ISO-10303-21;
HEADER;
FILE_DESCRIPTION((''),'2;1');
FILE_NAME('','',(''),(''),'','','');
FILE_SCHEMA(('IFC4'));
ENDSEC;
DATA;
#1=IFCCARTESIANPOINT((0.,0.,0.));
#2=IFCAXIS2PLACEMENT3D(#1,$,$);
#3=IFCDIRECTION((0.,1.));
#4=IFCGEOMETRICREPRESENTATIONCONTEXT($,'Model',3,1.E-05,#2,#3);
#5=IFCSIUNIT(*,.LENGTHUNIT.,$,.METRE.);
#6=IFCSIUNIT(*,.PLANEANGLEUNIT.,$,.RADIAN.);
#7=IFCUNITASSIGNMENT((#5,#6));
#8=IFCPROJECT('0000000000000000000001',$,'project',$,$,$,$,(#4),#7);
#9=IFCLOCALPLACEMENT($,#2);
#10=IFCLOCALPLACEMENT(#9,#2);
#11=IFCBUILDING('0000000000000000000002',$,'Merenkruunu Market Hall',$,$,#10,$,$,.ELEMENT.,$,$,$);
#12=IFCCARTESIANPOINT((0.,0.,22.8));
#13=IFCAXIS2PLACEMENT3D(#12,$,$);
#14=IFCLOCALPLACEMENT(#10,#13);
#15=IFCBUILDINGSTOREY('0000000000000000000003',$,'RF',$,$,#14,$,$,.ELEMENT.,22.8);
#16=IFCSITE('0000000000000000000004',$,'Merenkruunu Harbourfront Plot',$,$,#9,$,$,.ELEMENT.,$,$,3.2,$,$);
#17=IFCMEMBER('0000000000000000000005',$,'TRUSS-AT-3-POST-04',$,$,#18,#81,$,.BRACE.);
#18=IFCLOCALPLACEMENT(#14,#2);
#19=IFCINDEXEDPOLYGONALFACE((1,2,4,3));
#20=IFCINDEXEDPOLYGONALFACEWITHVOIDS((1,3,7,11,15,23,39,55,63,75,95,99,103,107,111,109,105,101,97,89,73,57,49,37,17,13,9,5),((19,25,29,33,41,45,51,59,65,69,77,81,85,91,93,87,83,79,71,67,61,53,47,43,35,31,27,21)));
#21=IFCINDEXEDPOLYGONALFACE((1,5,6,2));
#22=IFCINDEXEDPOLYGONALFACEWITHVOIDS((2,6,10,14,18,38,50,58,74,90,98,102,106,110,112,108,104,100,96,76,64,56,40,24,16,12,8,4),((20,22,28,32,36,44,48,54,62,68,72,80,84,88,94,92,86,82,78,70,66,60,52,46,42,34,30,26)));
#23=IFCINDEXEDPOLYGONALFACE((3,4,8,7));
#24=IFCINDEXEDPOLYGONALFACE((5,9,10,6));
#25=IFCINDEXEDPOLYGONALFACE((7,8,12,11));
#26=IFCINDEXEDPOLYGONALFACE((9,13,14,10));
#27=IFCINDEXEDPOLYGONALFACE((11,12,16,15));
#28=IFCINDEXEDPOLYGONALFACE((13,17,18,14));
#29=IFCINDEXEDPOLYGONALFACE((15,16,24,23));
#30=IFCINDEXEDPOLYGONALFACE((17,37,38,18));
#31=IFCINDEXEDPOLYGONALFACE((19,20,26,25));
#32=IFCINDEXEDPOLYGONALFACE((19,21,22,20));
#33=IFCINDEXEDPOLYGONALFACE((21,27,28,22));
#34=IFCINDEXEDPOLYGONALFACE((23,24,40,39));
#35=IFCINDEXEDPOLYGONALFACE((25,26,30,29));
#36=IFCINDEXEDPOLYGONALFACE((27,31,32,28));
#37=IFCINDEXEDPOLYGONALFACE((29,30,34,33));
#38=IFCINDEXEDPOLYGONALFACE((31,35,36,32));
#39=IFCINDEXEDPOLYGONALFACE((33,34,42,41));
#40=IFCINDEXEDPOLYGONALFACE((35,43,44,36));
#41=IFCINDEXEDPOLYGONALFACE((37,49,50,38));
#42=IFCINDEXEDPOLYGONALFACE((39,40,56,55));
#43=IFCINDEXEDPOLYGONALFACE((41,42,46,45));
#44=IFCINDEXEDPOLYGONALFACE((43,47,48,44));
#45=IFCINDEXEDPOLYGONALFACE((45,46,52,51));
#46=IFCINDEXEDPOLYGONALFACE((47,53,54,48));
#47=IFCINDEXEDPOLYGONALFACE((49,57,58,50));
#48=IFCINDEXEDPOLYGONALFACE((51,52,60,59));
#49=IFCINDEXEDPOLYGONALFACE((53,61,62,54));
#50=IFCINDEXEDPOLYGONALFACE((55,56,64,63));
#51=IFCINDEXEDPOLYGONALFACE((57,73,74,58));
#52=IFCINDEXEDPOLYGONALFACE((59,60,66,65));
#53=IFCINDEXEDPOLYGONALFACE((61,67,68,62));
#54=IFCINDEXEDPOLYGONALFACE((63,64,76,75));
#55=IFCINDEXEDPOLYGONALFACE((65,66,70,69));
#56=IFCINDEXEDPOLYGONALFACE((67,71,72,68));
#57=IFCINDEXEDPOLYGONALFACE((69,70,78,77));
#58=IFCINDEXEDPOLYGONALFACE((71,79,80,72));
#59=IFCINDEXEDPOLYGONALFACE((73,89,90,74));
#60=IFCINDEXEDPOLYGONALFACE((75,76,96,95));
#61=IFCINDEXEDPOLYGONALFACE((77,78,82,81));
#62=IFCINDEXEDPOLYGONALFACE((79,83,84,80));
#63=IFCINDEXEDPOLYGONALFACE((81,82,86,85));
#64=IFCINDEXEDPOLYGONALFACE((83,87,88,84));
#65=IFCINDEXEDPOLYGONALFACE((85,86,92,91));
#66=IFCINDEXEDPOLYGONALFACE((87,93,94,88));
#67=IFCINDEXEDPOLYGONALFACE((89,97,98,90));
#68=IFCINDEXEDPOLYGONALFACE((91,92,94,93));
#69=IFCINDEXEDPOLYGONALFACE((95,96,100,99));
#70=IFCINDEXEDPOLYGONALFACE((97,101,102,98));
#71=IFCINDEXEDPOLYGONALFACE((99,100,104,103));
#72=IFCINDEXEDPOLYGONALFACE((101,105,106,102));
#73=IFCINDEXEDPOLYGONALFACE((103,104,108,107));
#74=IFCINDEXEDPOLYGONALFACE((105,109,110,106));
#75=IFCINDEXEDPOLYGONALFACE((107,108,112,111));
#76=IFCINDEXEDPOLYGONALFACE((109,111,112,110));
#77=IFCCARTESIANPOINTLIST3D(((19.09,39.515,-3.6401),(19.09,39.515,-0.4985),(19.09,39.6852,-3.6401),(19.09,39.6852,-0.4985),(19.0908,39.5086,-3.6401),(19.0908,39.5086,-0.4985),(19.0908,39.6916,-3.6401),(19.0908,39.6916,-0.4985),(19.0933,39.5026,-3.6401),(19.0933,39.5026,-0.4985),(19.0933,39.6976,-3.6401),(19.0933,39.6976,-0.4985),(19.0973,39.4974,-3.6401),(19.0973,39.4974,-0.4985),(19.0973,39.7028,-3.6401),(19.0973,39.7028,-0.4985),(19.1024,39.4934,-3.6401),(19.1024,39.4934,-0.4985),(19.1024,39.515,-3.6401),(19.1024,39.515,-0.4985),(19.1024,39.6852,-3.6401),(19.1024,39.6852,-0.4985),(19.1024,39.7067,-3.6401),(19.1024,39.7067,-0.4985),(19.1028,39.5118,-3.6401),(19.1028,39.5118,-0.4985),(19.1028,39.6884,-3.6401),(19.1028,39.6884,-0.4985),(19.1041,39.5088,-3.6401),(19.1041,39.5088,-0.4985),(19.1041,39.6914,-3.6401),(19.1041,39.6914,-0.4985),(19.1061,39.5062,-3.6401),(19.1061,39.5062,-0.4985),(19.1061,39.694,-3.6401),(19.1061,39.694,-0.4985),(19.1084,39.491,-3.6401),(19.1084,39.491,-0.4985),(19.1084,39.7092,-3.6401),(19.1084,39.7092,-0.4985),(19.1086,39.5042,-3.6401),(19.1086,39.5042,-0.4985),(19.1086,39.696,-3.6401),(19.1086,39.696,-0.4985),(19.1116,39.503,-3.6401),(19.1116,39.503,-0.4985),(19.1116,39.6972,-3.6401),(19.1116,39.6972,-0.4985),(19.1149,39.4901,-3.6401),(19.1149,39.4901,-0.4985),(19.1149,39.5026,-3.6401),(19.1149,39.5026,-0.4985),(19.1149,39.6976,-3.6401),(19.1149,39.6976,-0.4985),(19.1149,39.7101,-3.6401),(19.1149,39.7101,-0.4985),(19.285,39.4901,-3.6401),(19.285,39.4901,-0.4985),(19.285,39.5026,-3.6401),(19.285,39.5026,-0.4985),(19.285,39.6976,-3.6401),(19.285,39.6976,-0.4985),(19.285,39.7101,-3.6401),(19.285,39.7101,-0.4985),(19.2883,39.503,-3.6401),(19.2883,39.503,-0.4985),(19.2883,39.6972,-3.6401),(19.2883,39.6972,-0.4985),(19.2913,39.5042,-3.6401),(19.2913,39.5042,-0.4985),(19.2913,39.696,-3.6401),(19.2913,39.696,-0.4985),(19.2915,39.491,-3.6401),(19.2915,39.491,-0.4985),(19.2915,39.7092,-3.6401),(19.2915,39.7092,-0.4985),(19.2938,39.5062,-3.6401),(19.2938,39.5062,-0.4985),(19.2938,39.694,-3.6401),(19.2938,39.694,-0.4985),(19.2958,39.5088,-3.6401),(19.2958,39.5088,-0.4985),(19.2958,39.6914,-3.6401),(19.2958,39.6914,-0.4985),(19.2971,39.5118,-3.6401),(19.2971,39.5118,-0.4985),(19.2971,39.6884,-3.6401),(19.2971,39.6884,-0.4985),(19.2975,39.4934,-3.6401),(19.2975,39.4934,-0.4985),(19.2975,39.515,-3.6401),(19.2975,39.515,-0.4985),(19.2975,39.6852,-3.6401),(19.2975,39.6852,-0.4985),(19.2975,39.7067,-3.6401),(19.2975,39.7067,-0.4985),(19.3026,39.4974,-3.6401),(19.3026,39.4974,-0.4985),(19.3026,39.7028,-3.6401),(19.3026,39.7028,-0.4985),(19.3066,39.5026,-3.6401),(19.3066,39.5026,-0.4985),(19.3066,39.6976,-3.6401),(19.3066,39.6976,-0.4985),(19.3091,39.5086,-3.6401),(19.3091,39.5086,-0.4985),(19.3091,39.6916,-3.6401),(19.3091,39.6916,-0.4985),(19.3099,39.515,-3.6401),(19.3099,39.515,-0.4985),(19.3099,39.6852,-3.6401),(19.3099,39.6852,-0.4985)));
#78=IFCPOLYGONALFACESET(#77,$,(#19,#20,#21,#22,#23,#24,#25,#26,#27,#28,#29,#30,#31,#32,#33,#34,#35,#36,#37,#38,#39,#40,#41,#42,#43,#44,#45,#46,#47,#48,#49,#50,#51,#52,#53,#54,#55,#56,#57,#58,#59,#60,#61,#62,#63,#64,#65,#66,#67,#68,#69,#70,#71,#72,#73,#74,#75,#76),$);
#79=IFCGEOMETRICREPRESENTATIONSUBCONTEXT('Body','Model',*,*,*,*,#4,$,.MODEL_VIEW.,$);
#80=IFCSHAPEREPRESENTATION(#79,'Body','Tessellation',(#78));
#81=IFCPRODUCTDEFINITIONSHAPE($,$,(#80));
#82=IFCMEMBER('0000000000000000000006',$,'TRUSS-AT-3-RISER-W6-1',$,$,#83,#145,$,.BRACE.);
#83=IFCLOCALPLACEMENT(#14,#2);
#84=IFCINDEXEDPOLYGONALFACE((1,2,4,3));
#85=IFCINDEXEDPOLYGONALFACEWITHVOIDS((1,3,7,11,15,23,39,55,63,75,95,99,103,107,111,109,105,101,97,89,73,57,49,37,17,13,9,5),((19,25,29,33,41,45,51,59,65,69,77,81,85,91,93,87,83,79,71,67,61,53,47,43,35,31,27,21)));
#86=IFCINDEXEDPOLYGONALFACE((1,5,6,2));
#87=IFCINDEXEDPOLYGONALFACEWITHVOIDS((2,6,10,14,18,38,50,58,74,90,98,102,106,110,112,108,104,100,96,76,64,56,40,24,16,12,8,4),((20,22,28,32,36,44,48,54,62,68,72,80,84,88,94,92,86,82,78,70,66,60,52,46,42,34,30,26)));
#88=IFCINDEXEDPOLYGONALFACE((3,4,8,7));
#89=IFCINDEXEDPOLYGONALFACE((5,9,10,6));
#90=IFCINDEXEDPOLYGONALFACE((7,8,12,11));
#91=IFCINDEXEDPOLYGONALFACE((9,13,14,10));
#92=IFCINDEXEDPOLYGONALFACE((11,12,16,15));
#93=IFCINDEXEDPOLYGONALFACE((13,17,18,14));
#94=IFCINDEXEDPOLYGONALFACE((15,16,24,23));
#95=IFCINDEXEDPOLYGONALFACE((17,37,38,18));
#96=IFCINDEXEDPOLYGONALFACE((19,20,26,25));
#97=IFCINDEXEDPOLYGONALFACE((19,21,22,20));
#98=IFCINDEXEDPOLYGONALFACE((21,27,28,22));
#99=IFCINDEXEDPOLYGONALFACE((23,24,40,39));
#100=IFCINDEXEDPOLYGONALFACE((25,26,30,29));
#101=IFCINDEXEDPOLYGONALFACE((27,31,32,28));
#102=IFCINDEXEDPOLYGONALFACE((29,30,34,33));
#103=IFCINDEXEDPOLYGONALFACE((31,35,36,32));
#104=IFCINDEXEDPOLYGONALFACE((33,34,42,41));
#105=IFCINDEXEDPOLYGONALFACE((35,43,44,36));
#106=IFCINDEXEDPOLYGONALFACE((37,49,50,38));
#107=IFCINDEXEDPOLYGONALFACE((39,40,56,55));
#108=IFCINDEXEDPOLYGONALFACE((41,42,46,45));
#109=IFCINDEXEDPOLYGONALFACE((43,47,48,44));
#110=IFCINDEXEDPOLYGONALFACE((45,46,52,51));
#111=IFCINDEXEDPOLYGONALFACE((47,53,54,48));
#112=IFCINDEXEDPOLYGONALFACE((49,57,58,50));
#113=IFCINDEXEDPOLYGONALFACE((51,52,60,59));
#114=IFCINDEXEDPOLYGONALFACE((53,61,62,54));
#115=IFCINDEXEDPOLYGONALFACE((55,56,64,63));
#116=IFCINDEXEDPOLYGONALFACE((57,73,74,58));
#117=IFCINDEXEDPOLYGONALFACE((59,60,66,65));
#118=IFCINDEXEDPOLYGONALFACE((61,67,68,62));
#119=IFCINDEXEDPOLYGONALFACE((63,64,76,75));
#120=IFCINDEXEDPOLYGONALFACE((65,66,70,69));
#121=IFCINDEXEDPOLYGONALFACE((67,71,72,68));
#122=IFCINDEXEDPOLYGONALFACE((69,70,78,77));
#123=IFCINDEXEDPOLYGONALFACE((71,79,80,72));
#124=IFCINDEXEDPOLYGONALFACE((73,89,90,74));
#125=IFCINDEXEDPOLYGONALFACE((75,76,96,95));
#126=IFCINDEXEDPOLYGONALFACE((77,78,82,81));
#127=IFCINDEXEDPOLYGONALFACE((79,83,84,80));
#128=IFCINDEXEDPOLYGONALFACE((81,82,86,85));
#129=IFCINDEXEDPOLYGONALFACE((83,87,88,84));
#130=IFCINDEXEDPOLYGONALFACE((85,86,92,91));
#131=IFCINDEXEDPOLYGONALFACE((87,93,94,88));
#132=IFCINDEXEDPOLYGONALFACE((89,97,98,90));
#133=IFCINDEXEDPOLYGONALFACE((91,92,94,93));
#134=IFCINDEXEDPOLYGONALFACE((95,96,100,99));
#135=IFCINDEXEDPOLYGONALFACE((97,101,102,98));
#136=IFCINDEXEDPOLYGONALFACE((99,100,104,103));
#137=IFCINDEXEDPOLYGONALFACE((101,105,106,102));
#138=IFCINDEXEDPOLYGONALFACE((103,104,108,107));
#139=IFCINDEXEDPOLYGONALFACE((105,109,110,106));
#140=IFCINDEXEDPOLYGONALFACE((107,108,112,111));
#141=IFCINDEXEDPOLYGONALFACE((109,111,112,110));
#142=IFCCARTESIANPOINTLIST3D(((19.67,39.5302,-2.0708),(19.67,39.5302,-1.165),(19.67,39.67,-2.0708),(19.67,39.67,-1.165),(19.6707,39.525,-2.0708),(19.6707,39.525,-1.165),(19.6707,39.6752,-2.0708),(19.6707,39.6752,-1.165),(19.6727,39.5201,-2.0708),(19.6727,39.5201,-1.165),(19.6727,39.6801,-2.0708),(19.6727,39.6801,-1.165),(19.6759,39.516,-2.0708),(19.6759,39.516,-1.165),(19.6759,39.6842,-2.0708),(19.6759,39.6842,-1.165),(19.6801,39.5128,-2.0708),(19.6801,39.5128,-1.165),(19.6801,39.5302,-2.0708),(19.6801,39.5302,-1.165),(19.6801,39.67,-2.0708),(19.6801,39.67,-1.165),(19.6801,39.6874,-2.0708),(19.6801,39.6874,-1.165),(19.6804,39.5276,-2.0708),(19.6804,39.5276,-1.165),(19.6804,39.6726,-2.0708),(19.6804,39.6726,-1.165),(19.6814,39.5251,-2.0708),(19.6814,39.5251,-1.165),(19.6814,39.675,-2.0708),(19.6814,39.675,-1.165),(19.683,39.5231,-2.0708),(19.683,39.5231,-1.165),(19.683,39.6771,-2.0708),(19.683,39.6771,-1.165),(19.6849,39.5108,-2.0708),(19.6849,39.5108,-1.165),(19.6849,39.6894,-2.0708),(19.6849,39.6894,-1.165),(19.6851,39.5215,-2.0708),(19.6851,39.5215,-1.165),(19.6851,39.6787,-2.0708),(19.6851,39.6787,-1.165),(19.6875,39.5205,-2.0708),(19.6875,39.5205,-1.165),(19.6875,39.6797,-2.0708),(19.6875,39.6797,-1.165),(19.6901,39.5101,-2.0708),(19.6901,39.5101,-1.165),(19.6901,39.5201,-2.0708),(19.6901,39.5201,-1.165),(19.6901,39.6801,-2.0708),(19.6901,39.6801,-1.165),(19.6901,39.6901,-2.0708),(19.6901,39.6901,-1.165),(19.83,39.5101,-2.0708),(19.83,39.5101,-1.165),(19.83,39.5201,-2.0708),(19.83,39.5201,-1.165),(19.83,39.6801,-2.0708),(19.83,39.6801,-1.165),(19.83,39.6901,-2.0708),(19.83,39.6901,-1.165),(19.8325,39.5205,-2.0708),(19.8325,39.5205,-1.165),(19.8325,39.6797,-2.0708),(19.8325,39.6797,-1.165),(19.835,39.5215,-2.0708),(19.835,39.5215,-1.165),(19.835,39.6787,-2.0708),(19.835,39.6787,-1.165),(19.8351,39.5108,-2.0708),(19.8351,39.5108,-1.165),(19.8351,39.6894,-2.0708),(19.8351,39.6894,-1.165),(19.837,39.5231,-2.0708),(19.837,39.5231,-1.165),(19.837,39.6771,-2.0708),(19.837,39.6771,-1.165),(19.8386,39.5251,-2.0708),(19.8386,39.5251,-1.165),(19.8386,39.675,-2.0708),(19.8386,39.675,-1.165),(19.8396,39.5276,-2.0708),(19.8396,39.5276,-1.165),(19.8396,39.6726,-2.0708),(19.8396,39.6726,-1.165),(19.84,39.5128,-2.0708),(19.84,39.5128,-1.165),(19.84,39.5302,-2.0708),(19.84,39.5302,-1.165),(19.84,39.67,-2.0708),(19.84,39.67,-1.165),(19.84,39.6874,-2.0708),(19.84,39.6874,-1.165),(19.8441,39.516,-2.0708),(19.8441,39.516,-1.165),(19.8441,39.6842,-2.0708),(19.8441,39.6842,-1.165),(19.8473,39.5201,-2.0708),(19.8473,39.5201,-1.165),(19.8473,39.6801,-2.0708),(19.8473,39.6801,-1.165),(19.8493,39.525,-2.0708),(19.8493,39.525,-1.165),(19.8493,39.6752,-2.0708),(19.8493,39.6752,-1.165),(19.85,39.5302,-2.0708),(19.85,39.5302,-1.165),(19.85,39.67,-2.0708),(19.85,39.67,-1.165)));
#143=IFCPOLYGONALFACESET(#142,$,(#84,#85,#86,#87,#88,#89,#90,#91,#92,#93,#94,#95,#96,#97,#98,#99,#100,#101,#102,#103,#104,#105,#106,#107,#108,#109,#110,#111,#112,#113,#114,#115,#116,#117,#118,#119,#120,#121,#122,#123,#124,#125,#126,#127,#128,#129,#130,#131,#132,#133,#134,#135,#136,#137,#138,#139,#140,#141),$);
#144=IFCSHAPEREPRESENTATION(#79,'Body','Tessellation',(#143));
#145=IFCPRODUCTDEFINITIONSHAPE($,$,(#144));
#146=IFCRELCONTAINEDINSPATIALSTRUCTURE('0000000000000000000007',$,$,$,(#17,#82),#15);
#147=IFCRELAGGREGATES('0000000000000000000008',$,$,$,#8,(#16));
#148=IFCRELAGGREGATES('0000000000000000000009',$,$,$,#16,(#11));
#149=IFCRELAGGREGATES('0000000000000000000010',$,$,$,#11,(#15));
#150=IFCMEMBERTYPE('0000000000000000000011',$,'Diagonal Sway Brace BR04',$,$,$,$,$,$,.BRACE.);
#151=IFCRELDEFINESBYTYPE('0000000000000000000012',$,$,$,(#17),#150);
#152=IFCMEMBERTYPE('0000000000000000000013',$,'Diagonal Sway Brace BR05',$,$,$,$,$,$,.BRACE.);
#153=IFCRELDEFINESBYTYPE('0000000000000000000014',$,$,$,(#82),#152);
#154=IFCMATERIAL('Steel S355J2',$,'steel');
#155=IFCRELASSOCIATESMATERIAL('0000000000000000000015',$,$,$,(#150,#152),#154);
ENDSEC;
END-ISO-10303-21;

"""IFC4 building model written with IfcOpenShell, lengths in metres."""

from ifc_helpers import new_model, si_unit, direction, frame, origin, origin_2d, place, context, subcontext, project, spatial, hollow_rectangle, extrude, material, material_profile, profile_set, type_object, element, save


model = new_model("IFC4")

# Units and contexts
model_context = context("Model", 3, precision=1e-05, world=origin(), true_north=direction((0.0, 1.0)))
body_context = subcontext(model_context, "Body", "Model", "MODEL_VIEW")
ifc_project = project(units=[si_unit("LENGTHUNIT", "METRE"), si_unit("PLANEANGLEUNIT", "RADIAN")], contexts=[model_context])

# Site, building, storey
site_placement = place(None, origin())
site = spatial("IfcSite", under=ifc_project, at=site_placement, Name="Merenkruunu Harbourfront Plot", CompositionType="ELEMENT", RefElevation=3.2)
building_placement = place(site_placement, origin())
building = spatial("IfcBuilding", under=site, at=building_placement, Name="Merenkruunu Market Hall", CompositionType="ELEMENT")
storey_placement = place(building_placement, frame((0.0, 0.0, 22.8)))
storey = spatial("IfcBuildingStorey", under=building, at=storey_placement, Name="RF", CompositionType="ELEMENT", Elevation=22.8)

# Members
ifc_material_1 = material(Name="Steel S355J2", Category="steel")
ifc_material_profile_1 = material_profile(ifc_material_1, hollow_rectangle(XDim=0.22, YDim=0.22, WallThickness=0.0125, InnerFilletRadius=0.0125, OuterFilletRadius=0.0249, at=origin_2d()), Name="SHS 220x220x12.5")
ifc_profile_set_1 = profile_set([ifc_material_profile_1], Name="Steel S355J2")
member_type_1 = type_object("IfcMemberType", Name="Diagonal Sway Brace BR04", PredefinedType="BRACE", material=ifc_profile_set_1)
member_1_placement = place(storey_placement, frame((19.2, 39.6001, -3.6401), z_axis=(0.0, 0.0, 1.0), x_axis=(1.0, 0.0, 0.0)))
element("IfcMember", 1, at=member_1_placement, inside=storey, type_object=member_type_1, Name="TRUSS-AT-3-POST-04", PredefinedType="BRACE", context=body_context, shape_type="SweptSolid", body=[
    extrude(hollow_rectangle(XDim=0.22, YDim=0.22, WallThickness=0.0125, InnerFilletRadius=0.0125, OuterFilletRadius=0.0249, at=origin_2d()), origin(), (0.0, 0.0, 1.0), 3.1416),
])
ifc_material_profile_2 = material_profile(ifc_material_1, hollow_rectangle(XDim=0.1799, YDim=0.1799, WallThickness=0.01, InnerFilletRadius=0.01, OuterFilletRadius=0.02, at=origin_2d()), Name="SHS 180x180x10")
ifc_profile_set_2 = profile_set([ifc_material_profile_2], Name="Steel S355J2")
member_type_2 = type_object("IfcMemberType", Name="Diagonal Sway Brace BR05", PredefinedType="BRACE", material=ifc_profile_set_2)
member_2_placement = place(storey_placement, frame((19.76, 39.6001, -2.0708), z_axis=(0.0, 0.0, 1.0), x_axis=(1.0, 0.0, 0.0)))
element("IfcMember", 2, at=member_2_placement, inside=storey, type_object=member_type_2, Name="TRUSS-AT-3-RISER-W6-1", PredefinedType="BRACE", context=body_context, shape_type="SweptSolid", body=[
    extrude(hollow_rectangle(XDim=0.1799, YDim=0.1799, WallThickness=0.01, InnerFilletRadius=0.01, OuterFilletRadius=0.02, at=origin_2d()), origin(), (0.0, 0.0, 1.0), 0.9058),
])

save(model, "model.ifc")
